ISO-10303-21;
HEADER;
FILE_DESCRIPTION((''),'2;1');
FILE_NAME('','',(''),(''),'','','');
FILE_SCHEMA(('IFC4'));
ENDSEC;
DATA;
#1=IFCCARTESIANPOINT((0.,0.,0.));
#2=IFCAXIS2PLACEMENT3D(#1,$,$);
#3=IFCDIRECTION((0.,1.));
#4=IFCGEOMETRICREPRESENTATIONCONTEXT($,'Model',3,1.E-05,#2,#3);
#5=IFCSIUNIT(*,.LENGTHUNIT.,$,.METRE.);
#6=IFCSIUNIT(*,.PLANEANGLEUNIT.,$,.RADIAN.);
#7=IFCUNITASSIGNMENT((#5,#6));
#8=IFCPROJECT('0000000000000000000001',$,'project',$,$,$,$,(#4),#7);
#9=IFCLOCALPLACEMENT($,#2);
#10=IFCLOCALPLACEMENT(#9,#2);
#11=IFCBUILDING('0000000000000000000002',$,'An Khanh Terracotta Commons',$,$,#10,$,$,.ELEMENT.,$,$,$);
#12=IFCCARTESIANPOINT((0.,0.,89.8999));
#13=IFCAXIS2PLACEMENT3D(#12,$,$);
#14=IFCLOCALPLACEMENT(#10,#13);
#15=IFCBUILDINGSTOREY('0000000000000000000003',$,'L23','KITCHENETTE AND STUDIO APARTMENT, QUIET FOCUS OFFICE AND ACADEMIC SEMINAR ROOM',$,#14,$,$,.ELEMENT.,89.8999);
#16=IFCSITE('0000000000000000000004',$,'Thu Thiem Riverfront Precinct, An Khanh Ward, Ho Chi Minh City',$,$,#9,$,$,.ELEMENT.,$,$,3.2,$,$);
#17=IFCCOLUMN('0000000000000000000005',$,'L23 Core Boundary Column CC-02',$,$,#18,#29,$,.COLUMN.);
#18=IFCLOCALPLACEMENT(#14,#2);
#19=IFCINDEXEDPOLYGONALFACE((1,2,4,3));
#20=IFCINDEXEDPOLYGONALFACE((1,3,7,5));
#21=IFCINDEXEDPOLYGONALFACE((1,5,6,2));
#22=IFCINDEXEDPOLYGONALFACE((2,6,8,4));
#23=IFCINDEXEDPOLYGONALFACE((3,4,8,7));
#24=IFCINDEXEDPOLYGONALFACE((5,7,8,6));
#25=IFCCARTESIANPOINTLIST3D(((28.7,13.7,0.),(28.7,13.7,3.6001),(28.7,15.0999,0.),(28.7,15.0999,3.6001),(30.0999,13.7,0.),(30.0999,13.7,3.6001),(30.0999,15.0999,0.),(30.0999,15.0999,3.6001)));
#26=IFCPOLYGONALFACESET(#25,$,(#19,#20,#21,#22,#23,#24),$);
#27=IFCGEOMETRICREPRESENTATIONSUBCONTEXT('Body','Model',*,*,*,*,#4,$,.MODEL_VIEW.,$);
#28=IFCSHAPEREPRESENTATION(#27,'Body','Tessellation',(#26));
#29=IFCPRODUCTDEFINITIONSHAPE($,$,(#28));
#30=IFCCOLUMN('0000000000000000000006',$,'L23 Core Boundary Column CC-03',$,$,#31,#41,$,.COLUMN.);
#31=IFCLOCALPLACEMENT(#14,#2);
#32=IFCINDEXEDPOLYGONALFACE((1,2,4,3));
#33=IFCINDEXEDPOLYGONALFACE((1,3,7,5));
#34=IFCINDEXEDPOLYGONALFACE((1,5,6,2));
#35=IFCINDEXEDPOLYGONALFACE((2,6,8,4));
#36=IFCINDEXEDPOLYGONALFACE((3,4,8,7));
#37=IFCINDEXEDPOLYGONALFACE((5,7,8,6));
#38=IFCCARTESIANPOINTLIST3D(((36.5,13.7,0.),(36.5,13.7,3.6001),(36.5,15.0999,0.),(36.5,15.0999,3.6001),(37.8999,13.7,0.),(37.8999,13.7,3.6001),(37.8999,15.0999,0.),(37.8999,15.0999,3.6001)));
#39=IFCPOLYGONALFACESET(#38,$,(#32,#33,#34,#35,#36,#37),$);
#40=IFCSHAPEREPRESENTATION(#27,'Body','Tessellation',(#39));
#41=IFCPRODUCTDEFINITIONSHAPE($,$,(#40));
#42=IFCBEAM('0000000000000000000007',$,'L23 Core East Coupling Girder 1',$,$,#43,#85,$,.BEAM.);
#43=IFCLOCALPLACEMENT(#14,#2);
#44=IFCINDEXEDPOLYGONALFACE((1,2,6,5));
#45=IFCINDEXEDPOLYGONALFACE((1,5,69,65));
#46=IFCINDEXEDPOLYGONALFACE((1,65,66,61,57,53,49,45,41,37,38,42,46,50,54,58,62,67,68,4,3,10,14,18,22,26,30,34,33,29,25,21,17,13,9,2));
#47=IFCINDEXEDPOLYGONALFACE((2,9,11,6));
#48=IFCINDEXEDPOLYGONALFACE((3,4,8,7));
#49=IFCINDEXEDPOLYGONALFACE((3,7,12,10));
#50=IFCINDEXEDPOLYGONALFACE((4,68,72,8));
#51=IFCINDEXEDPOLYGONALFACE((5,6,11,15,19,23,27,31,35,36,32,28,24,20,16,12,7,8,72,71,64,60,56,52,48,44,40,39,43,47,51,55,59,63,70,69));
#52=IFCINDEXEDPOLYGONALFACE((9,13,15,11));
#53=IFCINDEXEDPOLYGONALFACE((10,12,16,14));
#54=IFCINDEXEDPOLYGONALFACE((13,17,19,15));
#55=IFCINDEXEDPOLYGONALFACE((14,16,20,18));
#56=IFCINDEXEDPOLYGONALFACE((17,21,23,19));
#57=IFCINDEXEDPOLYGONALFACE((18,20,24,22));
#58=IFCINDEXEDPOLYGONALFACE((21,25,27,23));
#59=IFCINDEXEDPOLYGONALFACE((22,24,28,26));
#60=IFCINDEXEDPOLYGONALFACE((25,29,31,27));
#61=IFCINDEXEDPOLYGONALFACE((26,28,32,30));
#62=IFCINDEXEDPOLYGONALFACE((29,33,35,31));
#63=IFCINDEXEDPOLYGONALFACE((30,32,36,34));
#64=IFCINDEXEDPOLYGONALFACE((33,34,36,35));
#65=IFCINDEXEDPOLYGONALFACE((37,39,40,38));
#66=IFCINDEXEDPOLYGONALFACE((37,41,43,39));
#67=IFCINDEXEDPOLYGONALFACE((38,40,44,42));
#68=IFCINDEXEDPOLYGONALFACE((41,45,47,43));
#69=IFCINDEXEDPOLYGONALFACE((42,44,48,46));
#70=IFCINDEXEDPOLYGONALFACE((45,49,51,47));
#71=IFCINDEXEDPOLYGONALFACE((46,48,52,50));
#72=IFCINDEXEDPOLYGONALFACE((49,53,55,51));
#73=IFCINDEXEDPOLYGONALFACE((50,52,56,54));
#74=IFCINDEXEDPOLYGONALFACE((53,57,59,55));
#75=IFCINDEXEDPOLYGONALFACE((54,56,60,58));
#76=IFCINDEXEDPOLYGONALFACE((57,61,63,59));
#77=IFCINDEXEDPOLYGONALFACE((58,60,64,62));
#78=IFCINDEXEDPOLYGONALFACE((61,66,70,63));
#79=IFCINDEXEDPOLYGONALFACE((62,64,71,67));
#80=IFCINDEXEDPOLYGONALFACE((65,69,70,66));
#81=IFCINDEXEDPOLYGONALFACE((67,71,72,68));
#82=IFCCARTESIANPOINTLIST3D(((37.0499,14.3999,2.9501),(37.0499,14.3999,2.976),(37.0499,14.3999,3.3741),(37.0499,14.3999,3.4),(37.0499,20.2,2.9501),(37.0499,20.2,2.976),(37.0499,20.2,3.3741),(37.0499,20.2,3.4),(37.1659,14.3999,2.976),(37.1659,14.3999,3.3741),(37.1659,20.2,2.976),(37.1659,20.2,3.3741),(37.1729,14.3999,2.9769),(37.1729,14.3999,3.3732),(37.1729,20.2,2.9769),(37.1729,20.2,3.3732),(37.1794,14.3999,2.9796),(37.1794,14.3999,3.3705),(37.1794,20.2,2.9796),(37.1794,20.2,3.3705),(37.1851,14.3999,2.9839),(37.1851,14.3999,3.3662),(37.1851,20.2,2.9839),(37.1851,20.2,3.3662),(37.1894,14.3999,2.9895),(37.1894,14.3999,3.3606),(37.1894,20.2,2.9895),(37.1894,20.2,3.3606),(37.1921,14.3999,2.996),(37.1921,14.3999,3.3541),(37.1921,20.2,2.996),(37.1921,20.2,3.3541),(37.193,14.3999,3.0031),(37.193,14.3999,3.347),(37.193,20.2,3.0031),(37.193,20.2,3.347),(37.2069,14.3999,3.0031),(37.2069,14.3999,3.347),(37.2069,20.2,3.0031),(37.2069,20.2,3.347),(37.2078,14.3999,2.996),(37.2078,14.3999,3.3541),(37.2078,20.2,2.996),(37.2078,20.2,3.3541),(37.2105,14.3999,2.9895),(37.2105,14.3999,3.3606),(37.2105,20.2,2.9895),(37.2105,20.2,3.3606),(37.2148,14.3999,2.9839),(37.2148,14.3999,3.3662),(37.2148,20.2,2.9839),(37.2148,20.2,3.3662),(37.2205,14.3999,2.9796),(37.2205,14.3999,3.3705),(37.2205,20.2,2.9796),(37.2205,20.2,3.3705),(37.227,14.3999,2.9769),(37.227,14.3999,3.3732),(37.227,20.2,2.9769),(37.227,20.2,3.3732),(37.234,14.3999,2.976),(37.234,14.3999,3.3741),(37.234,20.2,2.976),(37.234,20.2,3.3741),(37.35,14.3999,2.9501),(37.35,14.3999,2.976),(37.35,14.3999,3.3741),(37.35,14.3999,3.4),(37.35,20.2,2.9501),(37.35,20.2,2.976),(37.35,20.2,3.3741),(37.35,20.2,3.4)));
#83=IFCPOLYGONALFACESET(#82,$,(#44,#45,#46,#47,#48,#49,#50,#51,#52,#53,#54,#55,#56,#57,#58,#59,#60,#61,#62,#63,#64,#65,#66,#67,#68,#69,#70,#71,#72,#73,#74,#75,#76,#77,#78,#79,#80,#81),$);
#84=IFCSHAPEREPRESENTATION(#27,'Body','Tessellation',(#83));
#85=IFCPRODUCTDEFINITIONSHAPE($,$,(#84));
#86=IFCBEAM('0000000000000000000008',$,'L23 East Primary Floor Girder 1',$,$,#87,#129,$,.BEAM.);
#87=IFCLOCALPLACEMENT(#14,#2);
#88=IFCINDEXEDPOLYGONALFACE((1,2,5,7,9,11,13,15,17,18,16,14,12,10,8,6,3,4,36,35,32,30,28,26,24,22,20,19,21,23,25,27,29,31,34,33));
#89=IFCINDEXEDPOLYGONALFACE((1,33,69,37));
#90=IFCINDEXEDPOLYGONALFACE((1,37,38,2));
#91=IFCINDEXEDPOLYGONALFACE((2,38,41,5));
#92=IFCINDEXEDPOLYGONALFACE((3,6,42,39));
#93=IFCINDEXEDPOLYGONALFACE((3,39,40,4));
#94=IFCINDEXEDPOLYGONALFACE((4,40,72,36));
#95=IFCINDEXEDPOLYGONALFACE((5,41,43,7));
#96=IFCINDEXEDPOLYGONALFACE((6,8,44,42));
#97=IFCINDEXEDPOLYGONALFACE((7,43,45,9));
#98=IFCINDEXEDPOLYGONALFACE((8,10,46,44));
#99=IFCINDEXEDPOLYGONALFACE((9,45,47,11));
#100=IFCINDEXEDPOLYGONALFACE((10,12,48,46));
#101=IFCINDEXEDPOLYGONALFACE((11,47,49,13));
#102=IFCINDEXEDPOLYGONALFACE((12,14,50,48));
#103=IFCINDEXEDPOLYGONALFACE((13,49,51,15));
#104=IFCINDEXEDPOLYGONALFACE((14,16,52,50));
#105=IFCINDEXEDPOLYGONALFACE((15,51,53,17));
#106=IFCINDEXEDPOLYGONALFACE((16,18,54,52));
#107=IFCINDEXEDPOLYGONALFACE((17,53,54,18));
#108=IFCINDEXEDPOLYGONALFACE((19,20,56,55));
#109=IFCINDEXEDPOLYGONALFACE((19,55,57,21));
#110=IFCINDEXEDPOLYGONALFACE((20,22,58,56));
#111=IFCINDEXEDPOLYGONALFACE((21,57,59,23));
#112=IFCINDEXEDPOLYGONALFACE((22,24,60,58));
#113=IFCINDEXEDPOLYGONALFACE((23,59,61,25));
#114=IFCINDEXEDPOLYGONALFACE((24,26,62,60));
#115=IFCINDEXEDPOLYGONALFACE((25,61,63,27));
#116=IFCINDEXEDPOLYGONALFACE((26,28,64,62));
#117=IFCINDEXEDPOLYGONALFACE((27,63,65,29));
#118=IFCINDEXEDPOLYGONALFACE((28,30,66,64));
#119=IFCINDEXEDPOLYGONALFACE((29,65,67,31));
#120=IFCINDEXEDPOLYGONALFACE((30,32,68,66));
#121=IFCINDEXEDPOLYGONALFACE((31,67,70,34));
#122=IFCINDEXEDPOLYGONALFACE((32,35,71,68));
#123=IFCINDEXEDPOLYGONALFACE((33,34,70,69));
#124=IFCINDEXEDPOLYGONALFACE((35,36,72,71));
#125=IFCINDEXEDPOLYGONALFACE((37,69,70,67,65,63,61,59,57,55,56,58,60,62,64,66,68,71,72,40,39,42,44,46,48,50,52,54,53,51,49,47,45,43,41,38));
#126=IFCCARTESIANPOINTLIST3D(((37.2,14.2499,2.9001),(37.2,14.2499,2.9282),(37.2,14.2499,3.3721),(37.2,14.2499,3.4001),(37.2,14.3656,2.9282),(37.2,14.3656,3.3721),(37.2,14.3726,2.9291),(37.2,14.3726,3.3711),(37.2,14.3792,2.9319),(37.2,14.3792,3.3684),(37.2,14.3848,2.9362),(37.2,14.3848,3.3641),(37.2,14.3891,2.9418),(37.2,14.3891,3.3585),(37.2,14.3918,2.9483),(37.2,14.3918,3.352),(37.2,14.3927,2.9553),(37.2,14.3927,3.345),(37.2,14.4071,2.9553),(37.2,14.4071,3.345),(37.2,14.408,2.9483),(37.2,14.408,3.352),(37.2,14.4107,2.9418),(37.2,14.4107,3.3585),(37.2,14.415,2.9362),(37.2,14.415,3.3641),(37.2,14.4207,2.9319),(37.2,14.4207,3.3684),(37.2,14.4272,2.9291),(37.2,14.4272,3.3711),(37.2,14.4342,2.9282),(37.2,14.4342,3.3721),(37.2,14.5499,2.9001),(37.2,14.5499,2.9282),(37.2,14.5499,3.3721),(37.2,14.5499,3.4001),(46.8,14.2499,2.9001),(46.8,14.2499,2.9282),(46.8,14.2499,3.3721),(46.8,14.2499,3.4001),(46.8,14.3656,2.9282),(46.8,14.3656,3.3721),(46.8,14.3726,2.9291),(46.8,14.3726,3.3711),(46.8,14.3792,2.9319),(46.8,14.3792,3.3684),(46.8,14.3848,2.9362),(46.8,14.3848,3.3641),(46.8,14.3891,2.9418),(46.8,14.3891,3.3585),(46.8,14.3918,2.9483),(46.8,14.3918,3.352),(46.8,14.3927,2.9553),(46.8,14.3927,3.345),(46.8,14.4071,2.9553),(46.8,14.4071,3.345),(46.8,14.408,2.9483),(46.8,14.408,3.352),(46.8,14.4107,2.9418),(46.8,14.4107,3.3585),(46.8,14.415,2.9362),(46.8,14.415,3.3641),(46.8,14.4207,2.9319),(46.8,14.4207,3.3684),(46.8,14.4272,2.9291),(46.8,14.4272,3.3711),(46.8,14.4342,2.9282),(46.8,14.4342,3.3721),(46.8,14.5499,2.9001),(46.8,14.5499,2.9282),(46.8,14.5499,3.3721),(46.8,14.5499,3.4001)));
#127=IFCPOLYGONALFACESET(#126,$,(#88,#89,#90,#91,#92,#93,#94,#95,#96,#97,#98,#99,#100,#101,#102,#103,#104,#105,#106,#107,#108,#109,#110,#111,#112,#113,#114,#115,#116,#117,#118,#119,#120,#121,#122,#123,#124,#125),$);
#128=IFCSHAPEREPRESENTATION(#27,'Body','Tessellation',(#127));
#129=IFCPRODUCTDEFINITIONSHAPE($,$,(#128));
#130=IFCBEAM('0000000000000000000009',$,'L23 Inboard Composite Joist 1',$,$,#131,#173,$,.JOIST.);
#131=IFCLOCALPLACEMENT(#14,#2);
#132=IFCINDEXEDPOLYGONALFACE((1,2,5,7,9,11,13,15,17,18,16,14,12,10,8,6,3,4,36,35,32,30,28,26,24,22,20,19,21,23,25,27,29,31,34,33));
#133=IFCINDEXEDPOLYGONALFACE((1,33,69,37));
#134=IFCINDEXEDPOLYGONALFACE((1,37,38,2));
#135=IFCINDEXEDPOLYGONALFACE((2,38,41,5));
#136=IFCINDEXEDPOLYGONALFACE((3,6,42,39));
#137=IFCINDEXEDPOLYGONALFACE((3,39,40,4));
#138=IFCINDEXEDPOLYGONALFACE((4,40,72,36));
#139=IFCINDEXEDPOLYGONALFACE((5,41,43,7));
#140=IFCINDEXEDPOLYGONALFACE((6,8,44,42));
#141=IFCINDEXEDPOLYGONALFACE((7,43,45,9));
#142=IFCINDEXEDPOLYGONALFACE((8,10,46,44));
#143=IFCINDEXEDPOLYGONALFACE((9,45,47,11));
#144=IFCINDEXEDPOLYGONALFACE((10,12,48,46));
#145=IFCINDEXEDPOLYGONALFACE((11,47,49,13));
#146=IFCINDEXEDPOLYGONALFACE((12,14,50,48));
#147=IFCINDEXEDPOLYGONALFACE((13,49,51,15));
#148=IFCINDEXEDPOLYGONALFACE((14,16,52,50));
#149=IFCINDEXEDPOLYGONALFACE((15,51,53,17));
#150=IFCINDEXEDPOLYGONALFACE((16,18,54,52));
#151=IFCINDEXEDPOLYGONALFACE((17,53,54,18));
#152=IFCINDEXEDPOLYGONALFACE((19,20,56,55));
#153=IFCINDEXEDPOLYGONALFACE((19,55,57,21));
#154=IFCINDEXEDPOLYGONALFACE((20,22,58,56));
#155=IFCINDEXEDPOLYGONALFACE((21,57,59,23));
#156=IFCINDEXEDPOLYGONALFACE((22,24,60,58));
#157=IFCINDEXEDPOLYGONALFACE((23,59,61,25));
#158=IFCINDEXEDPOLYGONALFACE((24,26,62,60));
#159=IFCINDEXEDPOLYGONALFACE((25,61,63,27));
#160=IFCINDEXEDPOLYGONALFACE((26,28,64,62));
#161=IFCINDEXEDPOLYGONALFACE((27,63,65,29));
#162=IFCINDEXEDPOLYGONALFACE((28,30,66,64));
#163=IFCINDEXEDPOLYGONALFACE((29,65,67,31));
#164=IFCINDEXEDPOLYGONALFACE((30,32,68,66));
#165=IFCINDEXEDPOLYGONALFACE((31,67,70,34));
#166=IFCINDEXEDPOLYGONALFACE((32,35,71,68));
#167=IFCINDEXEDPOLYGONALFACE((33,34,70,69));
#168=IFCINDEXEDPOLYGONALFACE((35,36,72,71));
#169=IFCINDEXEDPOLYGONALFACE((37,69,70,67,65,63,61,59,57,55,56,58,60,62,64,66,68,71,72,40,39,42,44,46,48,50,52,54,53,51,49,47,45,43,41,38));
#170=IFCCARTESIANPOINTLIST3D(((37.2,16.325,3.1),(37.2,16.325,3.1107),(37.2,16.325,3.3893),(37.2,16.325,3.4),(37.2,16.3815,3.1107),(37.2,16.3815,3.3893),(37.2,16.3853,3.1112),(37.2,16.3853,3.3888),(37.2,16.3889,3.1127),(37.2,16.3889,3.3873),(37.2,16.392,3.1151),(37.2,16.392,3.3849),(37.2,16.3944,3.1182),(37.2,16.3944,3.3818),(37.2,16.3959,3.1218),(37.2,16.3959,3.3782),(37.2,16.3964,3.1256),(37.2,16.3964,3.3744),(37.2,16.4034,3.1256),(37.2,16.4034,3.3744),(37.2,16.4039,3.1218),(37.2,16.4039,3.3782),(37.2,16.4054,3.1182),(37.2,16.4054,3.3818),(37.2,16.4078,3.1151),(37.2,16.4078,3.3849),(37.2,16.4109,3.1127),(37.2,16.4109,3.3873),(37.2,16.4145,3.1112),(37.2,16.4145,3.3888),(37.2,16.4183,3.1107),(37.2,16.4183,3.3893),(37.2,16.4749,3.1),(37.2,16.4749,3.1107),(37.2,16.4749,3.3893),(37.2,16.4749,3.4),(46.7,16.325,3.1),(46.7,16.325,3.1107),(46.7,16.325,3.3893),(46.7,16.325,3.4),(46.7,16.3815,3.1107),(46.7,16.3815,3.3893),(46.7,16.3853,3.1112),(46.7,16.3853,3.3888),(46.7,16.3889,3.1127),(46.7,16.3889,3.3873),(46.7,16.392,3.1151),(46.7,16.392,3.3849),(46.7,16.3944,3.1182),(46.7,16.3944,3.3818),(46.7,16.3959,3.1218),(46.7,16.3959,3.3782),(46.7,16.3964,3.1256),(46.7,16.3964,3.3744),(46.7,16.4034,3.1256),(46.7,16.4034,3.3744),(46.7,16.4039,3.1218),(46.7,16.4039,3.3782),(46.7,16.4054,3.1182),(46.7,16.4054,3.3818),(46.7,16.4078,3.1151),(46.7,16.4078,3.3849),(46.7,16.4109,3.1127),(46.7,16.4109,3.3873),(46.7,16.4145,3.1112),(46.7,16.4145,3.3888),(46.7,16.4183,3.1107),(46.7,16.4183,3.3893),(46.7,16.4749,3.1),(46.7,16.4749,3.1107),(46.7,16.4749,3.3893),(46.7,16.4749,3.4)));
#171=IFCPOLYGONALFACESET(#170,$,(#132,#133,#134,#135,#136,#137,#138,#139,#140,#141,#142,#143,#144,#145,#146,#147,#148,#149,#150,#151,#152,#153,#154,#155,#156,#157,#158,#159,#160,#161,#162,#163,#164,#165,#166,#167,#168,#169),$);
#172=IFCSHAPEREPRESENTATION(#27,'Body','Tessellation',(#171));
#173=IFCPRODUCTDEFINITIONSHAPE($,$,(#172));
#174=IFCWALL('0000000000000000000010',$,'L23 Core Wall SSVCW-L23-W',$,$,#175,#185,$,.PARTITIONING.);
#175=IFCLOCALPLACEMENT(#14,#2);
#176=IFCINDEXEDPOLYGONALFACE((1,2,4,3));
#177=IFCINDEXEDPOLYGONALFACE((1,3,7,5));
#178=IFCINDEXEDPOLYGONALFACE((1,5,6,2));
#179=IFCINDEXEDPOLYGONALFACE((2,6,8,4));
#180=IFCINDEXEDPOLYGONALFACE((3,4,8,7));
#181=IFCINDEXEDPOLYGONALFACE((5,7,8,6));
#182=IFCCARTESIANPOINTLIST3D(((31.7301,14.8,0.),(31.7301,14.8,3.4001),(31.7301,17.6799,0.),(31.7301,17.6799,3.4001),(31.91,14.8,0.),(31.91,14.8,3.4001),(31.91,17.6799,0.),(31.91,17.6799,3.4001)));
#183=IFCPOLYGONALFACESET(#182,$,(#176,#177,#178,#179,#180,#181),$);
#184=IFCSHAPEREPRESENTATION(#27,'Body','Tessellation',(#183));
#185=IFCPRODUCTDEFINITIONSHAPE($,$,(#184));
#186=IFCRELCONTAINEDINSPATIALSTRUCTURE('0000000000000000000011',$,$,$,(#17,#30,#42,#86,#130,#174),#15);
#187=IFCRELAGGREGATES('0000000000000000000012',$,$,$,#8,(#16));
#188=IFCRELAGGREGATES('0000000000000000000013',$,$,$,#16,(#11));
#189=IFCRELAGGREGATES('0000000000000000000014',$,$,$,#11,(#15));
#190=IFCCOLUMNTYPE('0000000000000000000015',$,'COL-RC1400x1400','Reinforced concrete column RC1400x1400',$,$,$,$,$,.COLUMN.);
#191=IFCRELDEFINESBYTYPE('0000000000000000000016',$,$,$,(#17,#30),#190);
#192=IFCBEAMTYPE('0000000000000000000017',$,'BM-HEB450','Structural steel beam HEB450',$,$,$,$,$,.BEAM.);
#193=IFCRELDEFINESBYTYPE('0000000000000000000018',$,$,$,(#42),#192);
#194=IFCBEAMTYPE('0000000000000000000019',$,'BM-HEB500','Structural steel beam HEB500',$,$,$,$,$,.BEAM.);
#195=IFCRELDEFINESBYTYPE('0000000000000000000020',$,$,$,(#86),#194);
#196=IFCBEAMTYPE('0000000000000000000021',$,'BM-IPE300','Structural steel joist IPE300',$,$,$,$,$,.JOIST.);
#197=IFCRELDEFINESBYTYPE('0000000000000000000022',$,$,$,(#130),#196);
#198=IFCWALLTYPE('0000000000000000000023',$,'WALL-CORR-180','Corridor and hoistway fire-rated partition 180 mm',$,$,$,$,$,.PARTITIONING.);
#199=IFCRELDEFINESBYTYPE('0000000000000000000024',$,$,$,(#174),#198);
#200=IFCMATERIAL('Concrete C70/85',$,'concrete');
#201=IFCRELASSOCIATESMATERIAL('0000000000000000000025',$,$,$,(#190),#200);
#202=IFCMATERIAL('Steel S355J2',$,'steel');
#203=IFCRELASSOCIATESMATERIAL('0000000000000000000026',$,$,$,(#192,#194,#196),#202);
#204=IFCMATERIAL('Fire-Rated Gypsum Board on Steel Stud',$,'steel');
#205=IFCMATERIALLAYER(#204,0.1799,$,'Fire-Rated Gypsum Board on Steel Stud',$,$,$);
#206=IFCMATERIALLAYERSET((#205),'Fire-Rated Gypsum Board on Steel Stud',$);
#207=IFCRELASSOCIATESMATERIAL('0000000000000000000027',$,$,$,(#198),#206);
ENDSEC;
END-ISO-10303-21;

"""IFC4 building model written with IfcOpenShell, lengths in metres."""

from ifc_helpers import new_model, si_unit, direction, frame, frame_2d, origin, origin_2d, place, context, subcontext, project, spatial, rectangle, i_section, extrude, material, layer, layer_set, material_profile, profile_set, type_object, element, save


model = new_model("IFC4")

# Units and contexts
model_context = context("Model", 3, precision=1e-05, world=origin(), true_north=direction((0.0, 1.0)))
body_context = subcontext(model_context, "Body", "Model", "MODEL_VIEW")
ifc_project = project(units=[si_unit("LENGTHUNIT", "METRE"), si_unit("PLANEANGLEUNIT", "RADIAN")], contexts=[model_context])

# Site, building, storey
site_placement = place(None, origin())
site = spatial("IfcSite", under=ifc_project, at=site_placement, Name="Thu Thiem Riverfront Precinct, An Khanh Ward, Ho Chi Minh City", CompositionType="ELEMENT", RefElevation=3.2)
building_placement = place(site_placement, origin())
building = spatial("IfcBuilding", under=site, at=building_placement, Name="An Khanh Terracotta Commons", CompositionType="ELEMENT")
storey_placement = place(building_placement, frame((0.0, 0.0, 89.8999)))
storey = spatial("IfcBuildingStorey", under=building, at=storey_placement, Name="L23", Description="KITCHENETTE AND STUDIO APARTMENT, QUIET FOCUS OFFICE AND ACADEMIC SEMINAR ROOM", CompositionType="ELEMENT", Elevation=89.8999)

# Columns
ifc_material_1 = material(Name="Concrete C70/85", Category="concrete")
ifc_material_profile_1 = material_profile(ifc_material_1, rectangle(XDim=1.3999, YDim=1.3999, at=origin_2d()), Name="RC1400x1400")
ifc_profile_set_1 = profile_set([ifc_material_profile_1], Name="Concrete C70/85")
column_type = type_object("IfcColumnType", Name="COL-RC1400x1400", Description="Reinforced concrete column RC1400x1400", PredefinedType="COLUMN", material=ifc_profile_set_1)
for number, where, z_axis, x_axis, name in (
    (1, (29.3999, 14.3999, 0.0), (0.0, 0.0, 1.0), (1.0, 0.0, 0.0), "L23 Core Boundary Column CC-02"),
    (2, (37.2, 14.3999, 0.0), (0.0, 0.0, 1.0), (1.0, 0.0, 0.0), "L23 Core Boundary Column CC-03"),
):
    element("IfcColumn", number, at=place(storey_placement, frame(where, z_axis=z_axis, x_axis=x_axis)), inside=storey, type_object=column_type, Name=name, PredefinedType="COLUMN", context=body_context, shape_type="SweptSolid", body=[
        extrude(rectangle(XDim=1.3999, YDim=1.3999, at=origin_2d()), origin(), (0.0, 0.0, 1.0), 3.6001),
    ])

# Beams
ifc_material_2 = material(Name="Steel S355J2", Category="steel")
ifc_material_profile_2 = material_profile(ifc_material_2, i_section(OverallWidth=0.3, OverallDepth=0.45, WebThickness=0.0139, FlangeThickness=0.0259, FilletRadius=0.0271, at=origin_2d()), Name="HEB450")
ifc_profile_set_2 = profile_set([ifc_material_profile_2], Name="Steel S355J2")
beam_type_1 = type_object("IfcBeamType", Name="BM-HEB450", Description="Structural steel beam HEB450", PredefinedType="BEAM", material=ifc_profile_set_2)
beam_1_placement = place(storey_placement, frame((37.2, 14.3999, 3.175), z_axis=(0.0, 1.0, 0.0), x_axis=(-1.0, 0.0, 0.0)))
element("IfcBeam", 3, at=beam_1_placement, inside=storey, type_object=beam_type_1, Name="L23 Core East Coupling Girder 1", PredefinedType="BEAM", context=body_context, shape_type="SweptSolid", body=[
    extrude(i_section(OverallWidth=0.3, OverallDepth=0.45, WebThickness=0.0139, FlangeThickness=0.0259, FilletRadius=0.0271, at=origin_2d()), origin(), (0.0, 0.0, 1.0), 5.8),
])
ifc_material_profile_3 = material_profile(ifc_material_2, i_section(OverallWidth=0.3, OverallDepth=0.5, WebThickness=0.0144, FlangeThickness=0.0281, FilletRadius=0.0271, at=origin_2d()), Name="HEB500")
ifc_profile_set_3 = profile_set([ifc_material_profile_3], Name="Steel S355J2")
beam_type_2 = type_object("IfcBeamType", Name="BM-HEB500", Description="Structural steel beam HEB500", PredefinedType="BEAM", material=ifc_profile_set_3)
beam_2_placement = place(storey_placement, frame((37.2, 14.3999, 3.1501), z_axis=(1.0, 0.0, 0.0), x_axis=(0.0, 1.0, 0.0)))
element("IfcBeam", 4, at=beam_2_placement, inside=storey, type_object=beam_type_2, Name="L23 East Primary Floor Girder 1", PredefinedType="BEAM", context=body_context, shape_type="SweptSolid", body=[
    extrude(i_section(OverallWidth=0.3, OverallDepth=0.5, WebThickness=0.0144, FlangeThickness=0.0281, FilletRadius=0.0271, at=origin_2d()), origin(), (0.0, 0.0, 1.0), 9.6001),
])
ifc_material_profile_4 = material_profile(ifc_material_2, i_section(OverallWidth=0.1499, OverallDepth=0.3, WebThickness=0.0071, FlangeThickness=0.0107, FilletRadius=0.0149, at=origin_2d()), Name="IPE300")
ifc_profile_set_4 = profile_set([ifc_material_profile_4], Name="Steel S355J2")
beam_type_3 = type_object("IfcBeamType", Name="BM-IPE300", Description="Structural steel joist IPE300", PredefinedType="JOIST", material=ifc_profile_set_4)
beam_3_placement = place(storey_placement, frame((37.2, 16.3999, 3.25), z_axis=(1.0, 0.0, 0.0), x_axis=(0.0, 1.0, 0.0)))
element("IfcBeam", 5, at=beam_3_placement, inside=storey, type_object=beam_type_3, Name="L23 Inboard Composite Joist 1", PredefinedType="JOIST", context=body_context, shape_type="SweptSolid", body=[
    extrude(i_section(OverallWidth=0.1499, OverallDepth=0.3, WebThickness=0.0071, FlangeThickness=0.0107, FilletRadius=0.0149, at=origin_2d()), origin(), (0.0, 0.0, 1.0), 9.5),
])

# Wall
ifc_material_3 = material(Name="Fire-Rated Gypsum Board on Steel Stud", Category="steel")
ifc_layer_1 = layer(ifc_material_3, 0.1799, Name="Fire-Rated Gypsum Board on Steel Stud")
ifc_layer_set_1 = layer_set([ifc_layer_1], Name="Fire-Rated Gypsum Board on Steel Stud")
wall_type_1 = type_object("IfcWallType", Name="WALL-CORR-180", Description="Corridor and hoistway fire-rated partition 180 mm", PredefinedType="PARTITIONING", material=ifc_layer_set_1)
wall_1_placement = place(storey_placement, frame((31.8201, 14.8, 0.0), z_axis=(0.0, 0.0, 1.0), x_axis=(0.0, 1.0, 0.0)))
element("IfcWall", 6, at=wall_1_placement, inside=storey, type_object=wall_type_1, Name="L23 Core Wall SSVCW-L23-W", PredefinedType="PARTITIONING", context=body_context, shape_type="SweptSolid", body=[
    extrude(rectangle(XDim=2.8799, YDim=0.1799, at=frame_2d((1.4399, 0.0))), origin(), (0.0, 0.0, 1.0), 3.4001),
])

save(model, "model.ifc")
